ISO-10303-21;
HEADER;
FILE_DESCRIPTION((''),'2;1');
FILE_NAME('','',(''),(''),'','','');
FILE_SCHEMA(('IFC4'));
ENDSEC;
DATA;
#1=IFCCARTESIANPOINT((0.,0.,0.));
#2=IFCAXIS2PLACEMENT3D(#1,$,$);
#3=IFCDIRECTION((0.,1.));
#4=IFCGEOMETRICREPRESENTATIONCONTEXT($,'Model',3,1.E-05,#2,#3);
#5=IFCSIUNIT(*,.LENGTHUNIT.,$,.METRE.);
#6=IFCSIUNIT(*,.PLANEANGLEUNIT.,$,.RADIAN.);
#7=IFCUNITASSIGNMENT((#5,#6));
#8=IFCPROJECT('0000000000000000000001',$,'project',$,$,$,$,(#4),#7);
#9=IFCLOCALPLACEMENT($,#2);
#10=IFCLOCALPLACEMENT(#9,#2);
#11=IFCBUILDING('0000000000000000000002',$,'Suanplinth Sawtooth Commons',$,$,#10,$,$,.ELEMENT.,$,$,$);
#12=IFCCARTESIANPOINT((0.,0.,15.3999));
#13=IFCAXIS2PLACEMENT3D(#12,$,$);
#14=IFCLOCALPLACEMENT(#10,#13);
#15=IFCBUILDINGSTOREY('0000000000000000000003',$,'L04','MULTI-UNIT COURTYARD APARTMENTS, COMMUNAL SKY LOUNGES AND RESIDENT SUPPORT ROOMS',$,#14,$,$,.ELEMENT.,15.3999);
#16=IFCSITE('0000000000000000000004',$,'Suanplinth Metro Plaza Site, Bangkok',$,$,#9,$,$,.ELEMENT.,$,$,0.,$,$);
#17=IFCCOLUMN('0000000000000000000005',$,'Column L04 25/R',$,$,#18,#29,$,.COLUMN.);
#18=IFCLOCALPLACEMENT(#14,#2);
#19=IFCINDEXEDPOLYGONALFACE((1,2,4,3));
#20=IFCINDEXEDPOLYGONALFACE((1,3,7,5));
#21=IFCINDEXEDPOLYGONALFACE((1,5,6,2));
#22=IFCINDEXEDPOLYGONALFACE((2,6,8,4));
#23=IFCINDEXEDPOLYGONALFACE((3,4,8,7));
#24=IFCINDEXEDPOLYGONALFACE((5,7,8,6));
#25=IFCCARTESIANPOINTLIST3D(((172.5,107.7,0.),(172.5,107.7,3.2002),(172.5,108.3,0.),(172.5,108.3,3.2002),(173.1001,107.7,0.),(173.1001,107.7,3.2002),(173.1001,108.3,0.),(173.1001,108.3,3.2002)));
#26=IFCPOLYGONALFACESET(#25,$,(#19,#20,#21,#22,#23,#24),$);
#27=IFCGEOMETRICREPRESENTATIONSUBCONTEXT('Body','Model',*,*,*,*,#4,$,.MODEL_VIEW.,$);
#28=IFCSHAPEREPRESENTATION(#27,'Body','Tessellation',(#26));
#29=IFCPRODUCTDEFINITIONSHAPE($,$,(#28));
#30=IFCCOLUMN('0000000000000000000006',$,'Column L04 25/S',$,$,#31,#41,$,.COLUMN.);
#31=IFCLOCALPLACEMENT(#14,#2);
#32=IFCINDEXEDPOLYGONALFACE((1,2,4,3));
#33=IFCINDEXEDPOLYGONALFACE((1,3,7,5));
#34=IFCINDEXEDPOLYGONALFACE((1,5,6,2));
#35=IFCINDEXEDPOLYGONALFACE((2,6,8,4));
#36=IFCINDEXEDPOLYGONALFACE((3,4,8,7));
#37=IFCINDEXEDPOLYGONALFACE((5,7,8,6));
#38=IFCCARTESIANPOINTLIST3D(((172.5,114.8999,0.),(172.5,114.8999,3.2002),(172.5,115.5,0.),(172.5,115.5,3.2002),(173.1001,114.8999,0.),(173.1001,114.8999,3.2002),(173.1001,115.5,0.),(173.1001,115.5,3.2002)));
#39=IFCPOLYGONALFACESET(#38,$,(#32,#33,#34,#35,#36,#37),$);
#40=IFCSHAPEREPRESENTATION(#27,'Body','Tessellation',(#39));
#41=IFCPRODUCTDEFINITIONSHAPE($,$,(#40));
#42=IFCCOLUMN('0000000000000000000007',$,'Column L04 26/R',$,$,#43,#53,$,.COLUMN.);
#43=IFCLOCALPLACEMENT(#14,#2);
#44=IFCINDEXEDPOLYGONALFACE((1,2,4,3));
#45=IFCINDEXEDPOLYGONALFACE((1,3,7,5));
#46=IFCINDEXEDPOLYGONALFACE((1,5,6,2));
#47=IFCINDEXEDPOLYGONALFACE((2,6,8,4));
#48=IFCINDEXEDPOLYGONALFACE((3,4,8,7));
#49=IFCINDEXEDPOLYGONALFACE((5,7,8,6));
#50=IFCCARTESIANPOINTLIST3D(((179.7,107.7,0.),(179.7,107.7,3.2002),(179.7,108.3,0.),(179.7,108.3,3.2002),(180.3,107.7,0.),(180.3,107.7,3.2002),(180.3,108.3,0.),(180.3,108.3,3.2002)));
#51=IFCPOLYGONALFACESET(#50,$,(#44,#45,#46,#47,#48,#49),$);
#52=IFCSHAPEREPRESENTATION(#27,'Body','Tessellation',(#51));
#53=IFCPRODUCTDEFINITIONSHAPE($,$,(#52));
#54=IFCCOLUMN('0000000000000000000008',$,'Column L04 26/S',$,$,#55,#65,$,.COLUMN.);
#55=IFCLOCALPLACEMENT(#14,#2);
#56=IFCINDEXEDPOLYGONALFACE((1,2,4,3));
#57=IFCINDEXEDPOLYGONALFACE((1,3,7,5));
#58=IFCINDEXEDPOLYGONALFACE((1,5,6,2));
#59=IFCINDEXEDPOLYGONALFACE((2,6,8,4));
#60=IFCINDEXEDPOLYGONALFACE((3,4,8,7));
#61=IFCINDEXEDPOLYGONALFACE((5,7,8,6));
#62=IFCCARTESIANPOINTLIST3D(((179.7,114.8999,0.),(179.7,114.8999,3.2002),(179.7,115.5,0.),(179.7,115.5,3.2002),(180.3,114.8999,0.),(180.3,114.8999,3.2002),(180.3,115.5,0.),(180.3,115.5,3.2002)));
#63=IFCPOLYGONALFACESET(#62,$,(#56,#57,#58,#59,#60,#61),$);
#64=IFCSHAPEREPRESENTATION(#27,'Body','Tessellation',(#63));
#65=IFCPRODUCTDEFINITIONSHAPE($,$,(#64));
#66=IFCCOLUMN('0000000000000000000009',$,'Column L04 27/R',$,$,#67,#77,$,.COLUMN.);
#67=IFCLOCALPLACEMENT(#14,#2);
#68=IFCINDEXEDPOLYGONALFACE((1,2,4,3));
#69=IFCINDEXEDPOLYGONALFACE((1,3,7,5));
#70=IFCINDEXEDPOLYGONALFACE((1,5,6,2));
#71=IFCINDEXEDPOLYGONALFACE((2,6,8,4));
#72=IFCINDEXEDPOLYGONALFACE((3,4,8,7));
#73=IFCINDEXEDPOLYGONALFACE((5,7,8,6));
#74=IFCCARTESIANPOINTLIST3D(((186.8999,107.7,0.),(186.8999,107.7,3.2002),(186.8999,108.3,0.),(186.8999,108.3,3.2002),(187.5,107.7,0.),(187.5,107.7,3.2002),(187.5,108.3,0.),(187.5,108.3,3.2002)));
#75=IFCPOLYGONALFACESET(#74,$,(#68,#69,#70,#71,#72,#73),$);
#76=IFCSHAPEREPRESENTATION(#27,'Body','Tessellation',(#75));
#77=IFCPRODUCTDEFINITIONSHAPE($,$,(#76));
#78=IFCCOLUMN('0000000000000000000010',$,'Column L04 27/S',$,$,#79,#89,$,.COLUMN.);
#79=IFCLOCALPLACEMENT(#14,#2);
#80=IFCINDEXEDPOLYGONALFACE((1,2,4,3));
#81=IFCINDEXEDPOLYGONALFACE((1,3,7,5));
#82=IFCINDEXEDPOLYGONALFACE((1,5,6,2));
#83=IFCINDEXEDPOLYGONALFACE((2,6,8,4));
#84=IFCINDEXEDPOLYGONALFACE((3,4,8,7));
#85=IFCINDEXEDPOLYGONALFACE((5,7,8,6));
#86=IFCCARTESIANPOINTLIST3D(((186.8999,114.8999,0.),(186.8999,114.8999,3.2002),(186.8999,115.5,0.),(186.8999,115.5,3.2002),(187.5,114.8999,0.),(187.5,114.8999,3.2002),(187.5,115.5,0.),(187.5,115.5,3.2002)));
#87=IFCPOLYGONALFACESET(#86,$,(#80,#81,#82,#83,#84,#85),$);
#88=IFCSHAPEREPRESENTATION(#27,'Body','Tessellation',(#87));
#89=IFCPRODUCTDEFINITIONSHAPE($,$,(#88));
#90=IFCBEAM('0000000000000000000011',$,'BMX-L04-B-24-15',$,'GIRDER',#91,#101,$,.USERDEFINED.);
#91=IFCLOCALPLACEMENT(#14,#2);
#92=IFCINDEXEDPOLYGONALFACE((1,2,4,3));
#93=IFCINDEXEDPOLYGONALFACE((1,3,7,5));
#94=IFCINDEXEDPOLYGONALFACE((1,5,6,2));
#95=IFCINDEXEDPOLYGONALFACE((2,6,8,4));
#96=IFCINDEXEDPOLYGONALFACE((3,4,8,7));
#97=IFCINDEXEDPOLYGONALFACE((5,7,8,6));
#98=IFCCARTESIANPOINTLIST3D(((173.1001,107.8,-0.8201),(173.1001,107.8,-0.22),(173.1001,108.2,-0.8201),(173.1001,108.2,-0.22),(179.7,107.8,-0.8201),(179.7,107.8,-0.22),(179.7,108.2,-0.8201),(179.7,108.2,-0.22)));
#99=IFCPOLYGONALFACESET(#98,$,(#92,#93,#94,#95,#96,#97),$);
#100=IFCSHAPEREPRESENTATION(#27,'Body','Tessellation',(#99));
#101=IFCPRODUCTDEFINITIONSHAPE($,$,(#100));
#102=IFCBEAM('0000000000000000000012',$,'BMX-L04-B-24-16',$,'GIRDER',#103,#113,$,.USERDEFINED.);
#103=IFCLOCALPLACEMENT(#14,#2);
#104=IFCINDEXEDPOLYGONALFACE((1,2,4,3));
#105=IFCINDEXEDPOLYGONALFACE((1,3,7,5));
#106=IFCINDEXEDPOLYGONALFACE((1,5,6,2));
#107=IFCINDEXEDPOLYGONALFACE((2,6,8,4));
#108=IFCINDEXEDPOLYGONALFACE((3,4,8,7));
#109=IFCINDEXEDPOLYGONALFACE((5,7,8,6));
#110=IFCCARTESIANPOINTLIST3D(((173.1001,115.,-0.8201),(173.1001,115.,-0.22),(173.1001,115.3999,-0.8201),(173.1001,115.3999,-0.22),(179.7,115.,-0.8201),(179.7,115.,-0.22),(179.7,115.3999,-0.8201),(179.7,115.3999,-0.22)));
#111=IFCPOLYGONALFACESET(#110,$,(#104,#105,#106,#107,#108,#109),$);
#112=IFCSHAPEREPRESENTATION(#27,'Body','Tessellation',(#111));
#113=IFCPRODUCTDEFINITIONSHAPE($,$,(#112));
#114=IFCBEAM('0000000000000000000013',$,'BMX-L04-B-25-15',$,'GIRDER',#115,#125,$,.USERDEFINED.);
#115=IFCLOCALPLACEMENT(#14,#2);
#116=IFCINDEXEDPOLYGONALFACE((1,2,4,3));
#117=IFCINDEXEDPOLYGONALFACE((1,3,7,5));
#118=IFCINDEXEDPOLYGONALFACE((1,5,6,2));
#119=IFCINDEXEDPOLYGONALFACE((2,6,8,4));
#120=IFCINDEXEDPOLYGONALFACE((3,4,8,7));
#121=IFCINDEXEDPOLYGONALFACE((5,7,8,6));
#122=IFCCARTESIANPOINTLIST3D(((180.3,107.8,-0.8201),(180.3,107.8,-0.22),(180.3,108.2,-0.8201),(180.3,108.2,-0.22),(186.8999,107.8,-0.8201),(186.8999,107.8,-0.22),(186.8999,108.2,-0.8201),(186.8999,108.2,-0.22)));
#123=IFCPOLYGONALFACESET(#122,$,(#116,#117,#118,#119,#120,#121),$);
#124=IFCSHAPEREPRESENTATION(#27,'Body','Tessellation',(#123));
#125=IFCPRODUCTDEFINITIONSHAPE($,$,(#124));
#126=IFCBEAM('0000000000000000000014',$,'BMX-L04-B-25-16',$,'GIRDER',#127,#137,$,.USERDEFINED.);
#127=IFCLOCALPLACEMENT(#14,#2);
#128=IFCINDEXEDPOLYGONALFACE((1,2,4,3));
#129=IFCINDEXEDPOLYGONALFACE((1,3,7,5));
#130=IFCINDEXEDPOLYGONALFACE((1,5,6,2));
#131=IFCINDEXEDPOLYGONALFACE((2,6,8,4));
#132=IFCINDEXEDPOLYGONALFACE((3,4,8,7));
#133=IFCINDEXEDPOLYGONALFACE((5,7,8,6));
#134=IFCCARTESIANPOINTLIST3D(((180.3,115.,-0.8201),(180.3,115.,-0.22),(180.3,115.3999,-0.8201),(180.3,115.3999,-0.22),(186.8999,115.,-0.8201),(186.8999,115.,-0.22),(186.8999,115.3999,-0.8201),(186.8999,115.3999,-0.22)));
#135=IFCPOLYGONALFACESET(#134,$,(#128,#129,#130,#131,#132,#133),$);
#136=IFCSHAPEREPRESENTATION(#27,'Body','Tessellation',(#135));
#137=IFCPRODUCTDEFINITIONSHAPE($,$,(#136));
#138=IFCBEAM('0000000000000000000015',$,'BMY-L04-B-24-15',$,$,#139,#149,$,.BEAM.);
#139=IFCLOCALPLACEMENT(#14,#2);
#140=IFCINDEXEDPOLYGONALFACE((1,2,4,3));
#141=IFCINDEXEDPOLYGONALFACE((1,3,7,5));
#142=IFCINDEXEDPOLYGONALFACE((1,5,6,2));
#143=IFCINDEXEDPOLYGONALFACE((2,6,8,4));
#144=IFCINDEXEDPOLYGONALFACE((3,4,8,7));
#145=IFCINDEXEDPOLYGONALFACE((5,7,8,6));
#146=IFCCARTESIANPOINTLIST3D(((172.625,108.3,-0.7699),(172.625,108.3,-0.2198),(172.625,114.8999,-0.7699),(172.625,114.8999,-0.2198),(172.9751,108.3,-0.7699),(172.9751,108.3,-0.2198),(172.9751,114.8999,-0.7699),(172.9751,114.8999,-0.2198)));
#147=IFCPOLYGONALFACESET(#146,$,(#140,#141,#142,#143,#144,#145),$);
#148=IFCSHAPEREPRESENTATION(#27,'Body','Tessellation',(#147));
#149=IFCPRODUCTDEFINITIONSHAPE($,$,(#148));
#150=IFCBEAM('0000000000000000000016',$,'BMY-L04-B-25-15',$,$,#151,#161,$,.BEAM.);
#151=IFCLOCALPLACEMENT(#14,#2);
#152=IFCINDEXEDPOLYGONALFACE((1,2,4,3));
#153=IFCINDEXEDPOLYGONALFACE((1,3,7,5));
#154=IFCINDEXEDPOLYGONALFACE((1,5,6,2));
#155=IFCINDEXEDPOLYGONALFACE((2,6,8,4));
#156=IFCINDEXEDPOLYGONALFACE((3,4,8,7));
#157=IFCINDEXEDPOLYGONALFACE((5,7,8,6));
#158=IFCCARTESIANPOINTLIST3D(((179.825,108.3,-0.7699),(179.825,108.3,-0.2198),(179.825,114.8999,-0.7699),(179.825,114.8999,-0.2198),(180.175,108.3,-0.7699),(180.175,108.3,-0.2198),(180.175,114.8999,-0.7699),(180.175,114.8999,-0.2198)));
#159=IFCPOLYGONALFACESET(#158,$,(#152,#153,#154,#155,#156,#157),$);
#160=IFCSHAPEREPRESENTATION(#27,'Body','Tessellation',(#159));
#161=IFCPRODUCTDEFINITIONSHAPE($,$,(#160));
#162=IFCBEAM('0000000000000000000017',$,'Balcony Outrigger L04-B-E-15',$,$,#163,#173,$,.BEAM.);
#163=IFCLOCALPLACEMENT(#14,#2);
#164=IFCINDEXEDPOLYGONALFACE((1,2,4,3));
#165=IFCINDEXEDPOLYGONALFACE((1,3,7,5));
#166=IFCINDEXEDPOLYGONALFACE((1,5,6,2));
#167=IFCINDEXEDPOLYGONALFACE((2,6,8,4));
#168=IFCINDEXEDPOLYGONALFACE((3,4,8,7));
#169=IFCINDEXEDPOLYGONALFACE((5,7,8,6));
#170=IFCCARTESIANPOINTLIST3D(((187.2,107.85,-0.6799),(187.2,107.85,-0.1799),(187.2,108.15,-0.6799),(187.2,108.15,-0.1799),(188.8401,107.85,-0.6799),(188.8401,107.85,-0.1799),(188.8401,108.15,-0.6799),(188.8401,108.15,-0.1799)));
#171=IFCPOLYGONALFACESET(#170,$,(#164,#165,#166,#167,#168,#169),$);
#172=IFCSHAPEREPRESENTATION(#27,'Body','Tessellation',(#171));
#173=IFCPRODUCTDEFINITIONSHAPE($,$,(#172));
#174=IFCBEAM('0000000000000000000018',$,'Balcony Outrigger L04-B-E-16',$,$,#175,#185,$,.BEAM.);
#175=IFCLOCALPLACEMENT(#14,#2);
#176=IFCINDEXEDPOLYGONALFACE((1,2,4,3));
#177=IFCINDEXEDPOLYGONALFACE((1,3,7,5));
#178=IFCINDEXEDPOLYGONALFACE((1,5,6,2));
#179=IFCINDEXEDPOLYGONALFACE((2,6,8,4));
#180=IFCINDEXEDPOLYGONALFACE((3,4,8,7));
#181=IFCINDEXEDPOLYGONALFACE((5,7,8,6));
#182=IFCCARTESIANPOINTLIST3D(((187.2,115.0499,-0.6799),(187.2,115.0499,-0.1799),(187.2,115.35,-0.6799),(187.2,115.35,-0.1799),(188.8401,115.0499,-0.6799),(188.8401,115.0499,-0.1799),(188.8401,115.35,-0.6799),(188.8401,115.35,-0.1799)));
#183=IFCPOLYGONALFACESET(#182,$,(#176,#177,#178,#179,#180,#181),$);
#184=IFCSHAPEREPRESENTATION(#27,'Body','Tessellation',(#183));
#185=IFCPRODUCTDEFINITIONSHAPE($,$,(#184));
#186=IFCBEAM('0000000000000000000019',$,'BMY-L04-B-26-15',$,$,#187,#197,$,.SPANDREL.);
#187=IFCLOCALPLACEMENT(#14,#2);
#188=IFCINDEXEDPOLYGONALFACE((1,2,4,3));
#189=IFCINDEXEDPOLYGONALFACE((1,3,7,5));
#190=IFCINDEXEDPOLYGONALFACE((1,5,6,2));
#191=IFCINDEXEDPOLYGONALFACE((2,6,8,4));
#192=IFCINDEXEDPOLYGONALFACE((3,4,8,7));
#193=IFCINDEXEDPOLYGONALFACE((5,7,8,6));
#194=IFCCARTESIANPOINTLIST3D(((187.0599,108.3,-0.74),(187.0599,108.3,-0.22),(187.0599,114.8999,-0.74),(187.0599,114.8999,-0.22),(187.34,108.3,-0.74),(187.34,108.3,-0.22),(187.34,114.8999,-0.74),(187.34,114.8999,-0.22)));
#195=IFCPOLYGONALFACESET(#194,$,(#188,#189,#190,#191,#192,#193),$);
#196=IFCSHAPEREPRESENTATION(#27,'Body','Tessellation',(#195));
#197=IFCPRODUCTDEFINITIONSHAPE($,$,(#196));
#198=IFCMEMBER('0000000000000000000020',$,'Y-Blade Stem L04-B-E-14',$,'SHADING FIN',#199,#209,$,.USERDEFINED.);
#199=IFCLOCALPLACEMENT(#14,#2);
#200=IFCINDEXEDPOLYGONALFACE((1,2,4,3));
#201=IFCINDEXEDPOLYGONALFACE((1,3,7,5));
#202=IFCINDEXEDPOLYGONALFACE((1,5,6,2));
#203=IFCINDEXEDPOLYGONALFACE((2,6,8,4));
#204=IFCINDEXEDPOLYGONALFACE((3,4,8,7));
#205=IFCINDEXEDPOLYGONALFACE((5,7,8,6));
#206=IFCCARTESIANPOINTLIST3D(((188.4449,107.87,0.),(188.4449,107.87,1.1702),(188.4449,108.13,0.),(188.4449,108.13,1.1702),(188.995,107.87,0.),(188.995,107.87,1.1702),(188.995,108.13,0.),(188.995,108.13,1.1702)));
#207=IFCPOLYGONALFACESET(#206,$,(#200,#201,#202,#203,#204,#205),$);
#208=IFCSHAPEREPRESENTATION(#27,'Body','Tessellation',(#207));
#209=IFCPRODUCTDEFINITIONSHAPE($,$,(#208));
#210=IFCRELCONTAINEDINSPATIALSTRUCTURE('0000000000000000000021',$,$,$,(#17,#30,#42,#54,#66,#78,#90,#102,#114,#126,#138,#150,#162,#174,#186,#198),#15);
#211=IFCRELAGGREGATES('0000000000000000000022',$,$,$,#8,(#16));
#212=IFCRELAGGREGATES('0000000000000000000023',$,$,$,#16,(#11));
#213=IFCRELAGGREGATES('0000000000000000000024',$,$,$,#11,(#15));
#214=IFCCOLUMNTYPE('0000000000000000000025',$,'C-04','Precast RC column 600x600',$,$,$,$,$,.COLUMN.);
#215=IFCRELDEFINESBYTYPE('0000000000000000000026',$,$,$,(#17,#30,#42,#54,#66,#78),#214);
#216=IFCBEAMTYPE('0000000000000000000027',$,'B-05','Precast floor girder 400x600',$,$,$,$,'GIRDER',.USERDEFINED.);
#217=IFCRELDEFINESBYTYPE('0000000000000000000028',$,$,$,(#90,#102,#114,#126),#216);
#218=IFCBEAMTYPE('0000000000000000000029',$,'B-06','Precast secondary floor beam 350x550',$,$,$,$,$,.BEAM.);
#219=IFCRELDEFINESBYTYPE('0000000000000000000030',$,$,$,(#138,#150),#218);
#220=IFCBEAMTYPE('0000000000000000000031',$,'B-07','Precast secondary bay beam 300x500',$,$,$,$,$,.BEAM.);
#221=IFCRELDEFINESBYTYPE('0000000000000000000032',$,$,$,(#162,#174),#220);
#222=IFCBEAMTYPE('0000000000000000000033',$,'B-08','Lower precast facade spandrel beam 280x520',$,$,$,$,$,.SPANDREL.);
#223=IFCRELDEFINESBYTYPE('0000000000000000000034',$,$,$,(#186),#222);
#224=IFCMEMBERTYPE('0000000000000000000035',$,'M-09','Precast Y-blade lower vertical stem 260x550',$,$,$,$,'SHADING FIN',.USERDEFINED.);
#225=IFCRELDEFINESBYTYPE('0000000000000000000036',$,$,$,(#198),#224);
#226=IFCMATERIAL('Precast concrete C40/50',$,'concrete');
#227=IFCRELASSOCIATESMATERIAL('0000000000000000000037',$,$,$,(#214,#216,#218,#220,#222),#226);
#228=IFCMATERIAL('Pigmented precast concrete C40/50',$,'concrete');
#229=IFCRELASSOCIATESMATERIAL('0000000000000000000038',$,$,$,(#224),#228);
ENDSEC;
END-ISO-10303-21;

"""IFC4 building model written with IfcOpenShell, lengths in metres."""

from ifc_helpers import new_model, si_unit, direction, frame, origin, origin_2d, place, context, subcontext, project, spatial, rectangle, extrude, material, material_profile, profile_set, type_object, element, save


model = new_model("IFC4")

# Units and contexts
model_context = context("Model", 3, precision=1e-05, world=origin(), true_north=direction((0.0, 1.0)))
body_context = subcontext(model_context, "Body", "Model", "MODEL_VIEW")
ifc_project = project(units=[si_unit("LENGTHUNIT", "METRE"), si_unit("PLANEANGLEUNIT", "RADIAN")], contexts=[model_context])

# Site, building, storey
site_placement = place(None, origin())
site = spatial("IfcSite", under=ifc_project, at=site_placement, Name="Suanplinth Metro Plaza Site, Bangkok", CompositionType="ELEMENT", RefElevation=0.0)
building_placement = place(site_placement, origin())
building = spatial("IfcBuilding", under=site, at=building_placement, Name="Suanplinth Sawtooth Commons", CompositionType="ELEMENT")
storey_placement = place(building_placement, frame((0.0, 0.0, 15.3999)))
storey = spatial("IfcBuildingStorey", under=building, at=storey_placement, Name="L04", Description="MULTI-UNIT COURTYARD APARTMENTS, COMMUNAL SKY LOUNGES AND RESIDENT SUPPORT ROOMS", CompositionType="ELEMENT", Elevation=15.3999)

# Columns
ifc_material_1 = material(Name="Precast concrete C40/50", Category="concrete")
ifc_material_profile_1 = material_profile(ifc_material_1, rectangle(XDim=0.6001, YDim=0.6001, at=origin_2d()), Name="PC-COL 600x600")
ifc_profile_set_1 = profile_set([ifc_material_profile_1], Name="Precast concrete C40/50")
column_type = type_object("IfcColumnType", Name="C-04", Description="Precast RC column 600x600", PredefinedType="COLUMN", material=ifc_profile_set_1)
for number, where, z_axis, x_axis, name in (
    (1, (172.8, 108.0, 0.0), (0.0, 0.0, 1.0), (1.0, 0.0, 0.0), "Column L04 25/R"),
    (2, (172.8, 115.2, 0.0), (0.0, 0.0, 1.0), (1.0, 0.0, 0.0), "Column L04 25/S"),
    (3, (180.0, 108.0, 0.0), (0.0, 0.0, 1.0), (1.0, 0.0, 0.0), "Column L04 26/R"),
    (4, (180.0, 115.2, 0.0), (0.0, 0.0, 1.0), (1.0, 0.0, 0.0), "Column L04 26/S"),
    (5, (187.2, 108.0, 0.0), (0.0, 0.0, 1.0), (1.0, 0.0, 0.0), "Column L04 27/R"),
    (6, (187.2, 115.2, 0.0), (0.0, 0.0, 1.0), (1.0, 0.0, 0.0), "Column L04 27/S"),
):
    element("IfcColumn", number, at=place(storey_placement, frame(where, z_axis=z_axis, x_axis=x_axis)), inside=storey, type_object=column_type, Name=name, PredefinedType="COLUMN", context=body_context, shape_type="SweptSolid", body=[
        extrude(rectangle(XDim=0.6001, YDim=0.6001, at=origin_2d()), origin(), (0.0, 0.0, 1.0), 3.2002),
    ])

# Beams
ifc_material_profile_2 = material_profile(ifc_material_1, rectangle(XDim=0.3999, YDim=0.6001, at=origin_2d()), Name="PC-GDR 400x600")
ifc_profile_set_2 = profile_set([ifc_material_profile_2], Name="Precast concrete C40/50")
beam_type_1 = type_object("IfcBeamType", Name="B-05", Description="Precast floor girder 400x600", ElementType="GIRDER", PredefinedType="USERDEFINED", material=ifc_profile_set_2)
for number, where, z_axis, x_axis, name in (
    (7, (173.1001, 108.0, -0.52), (1.0, 0.0, 0.0), (0.0, 1.0, 0.0), "BMX-L04-B-24-15"),
    (8, (173.1001, 115.2, -0.52), (1.0, 0.0, 0.0), (0.0, 1.0, 0.0), "BMX-L04-B-24-16"),
    (9, (180.3, 108.0, -0.52), (1.0, 0.0, 0.0), (0.0, 1.0, 0.0), "BMX-L04-B-25-15"),
    (10, (180.3, 115.2, -0.52), (1.0, 0.0, 0.0), (0.0, 1.0, 0.0), "BMX-L04-B-25-16"),
):
    element("IfcBeam", number, at=place(storey_placement, frame(where, z_axis=z_axis, x_axis=x_axis)), inside=storey, type_object=beam_type_1, Name=name, ObjectType="GIRDER", PredefinedType="USERDEFINED", context=body_context, shape_type="SweptSolid", body=[
        extrude(rectangle(XDim=0.3999, YDim=0.6001, at=origin_2d()), origin(), (0.0, 0.0, 1.0), 6.5999),
    ])
ifc_material_profile_3 = material_profile(ifc_material_1, rectangle(XDim=0.3501, YDim=0.55, at=origin_2d()), Name="PC-BM 350x550")
ifc_profile_set_3 = profile_set([ifc_material_profile_3], Name="Precast concrete C40/50")
beam_type_2 = type_object("IfcBeamType", Name="B-06", Description="Precast secondary floor beam 350x550", PredefinedType="BEAM", material=ifc_profile_set_3)
for number, where, z_axis, x_axis, name in (
    (11, (172.8, 108.3, -0.4949), (0.0, 1.0, 0.0), (-1.0, 0.0, 0.0), "BMY-L04-B-24-15"),
    (12, (180.0, 108.3, -0.4949), (0.0, 1.0, 0.0), (-1.0, 0.0, 0.0), "BMY-L04-B-25-15"),
):
    element("IfcBeam", number, at=place(storey_placement, frame(where, z_axis=z_axis, x_axis=x_axis)), inside=storey, type_object=beam_type_2, Name=name, PredefinedType="BEAM", context=body_context, shape_type="SweptSolid", body=[
        extrude(rectangle(XDim=0.3501, YDim=0.55, at=origin_2d()), origin(), (0.0, 0.0, 1.0), 6.5999),
    ])
ifc_material_profile_4 = material_profile(ifc_material_1, rectangle(XDim=0.3, YDim=0.5, at=origin_2d()), Name="PC-BM 300x500")
ifc_profile_set_4 = profile_set([ifc_material_profile_4], Name="Precast concrete C40/50")
beam_type_3 = type_object("IfcBeamType", Name="B-07", Description="Precast secondary bay beam 300x500", PredefinedType="BEAM", material=ifc_profile_set_4)
for number, where, z_axis, x_axis, name in (
    (13, (187.2, 108.0, -0.4299), (1.0, 0.0, 0.0), (0.0, 1.0, 0.0), "Balcony Outrigger L04-B-E-15"),
    (14, (187.2, 115.2, -0.4299), (1.0, 0.0, 0.0), (0.0, 1.0, 0.0), "Balcony Outrigger L04-B-E-16"),
):
    element("IfcBeam", number, at=place(storey_placement, frame(where, z_axis=z_axis, x_axis=x_axis)), inside=storey, type_object=beam_type_3, Name=name, PredefinedType="BEAM", context=body_context, shape_type="SweptSolid", body=[
        extrude(rectangle(XDim=0.3, YDim=0.5, at=origin_2d()), origin(), (0.0, 0.0, 1.0), 1.6401),
    ])
ifc_material_profile_5 = material_profile(ifc_material_1, rectangle(XDim=0.28, YDim=0.52, at=origin_2d()), Name="PC-SP 280x520")
ifc_profile_set_5 = profile_set([ifc_material_profile_5], Name="Precast concrete C40/50")
beam_type_4 = type_object("IfcBeamType", Name="B-08", Description="Lower precast facade spandrel beam 280x520", PredefinedType="SPANDREL", material=ifc_profile_set_5)
beam_placement = place(storey_placement, frame((187.2, 108.3, -0.48), z_axis=(0.0, 1.0, 0.0), x_axis=(-1.0, 0.0, 0.0)))
element("IfcBeam", 15, at=beam_placement, inside=storey, type_object=beam_type_4, Name="BMY-L04-B-26-15", PredefinedType="SPANDREL", context=body_context, shape_type="SweptSolid", body=[
    extrude(rectangle(XDim=0.28, YDim=0.52, at=origin_2d()), origin(), (0.0, 0.0, 1.0), 6.5999),
])

# Member
ifc_material_2 = material(Name="Pigmented precast concrete C40/50", Category="concrete")
ifc_material_profile_6 = material_profile(ifc_material_2, rectangle(XDim=0.26, YDim=0.55, at=origin_2d()), Name="PC-FIN 260x550")
ifc_profile_set_6 = profile_set([ifc_material_profile_6], Name="Pigmented precast concrete C40/50")
member_type_1 = type_object("IfcMemberType", Name="M-09", Description="Precast Y-blade lower vertical stem 260x550", ElementType="SHADING FIN", PredefinedType="USERDEFINED", material=ifc_profile_set_6)
for number, where, z_axis, x_axis, name in (
    (16, (188.72, 108.0, 0.0), (0.0, 0.0, 1.0), (0.0, 1.0, 0.0), "Y-Blade Stem L04-B-E-14"),
):
    element("IfcMember", number, at=place(storey_placement, frame(where, z_axis=z_axis, x_axis=x_axis)), inside=storey, type_object=member_type_1, Name=name, ObjectType="SHADING FIN", PredefinedType="USERDEFINED", context=body_context, shape_type="SweptSolid", body=[
        extrude(rectangle(XDim=0.26, YDim=0.55, at=origin_2d()), origin(), (0.0, 0.0, 1.0), 1.1702),
    ])

save(model, "model.ifc")
